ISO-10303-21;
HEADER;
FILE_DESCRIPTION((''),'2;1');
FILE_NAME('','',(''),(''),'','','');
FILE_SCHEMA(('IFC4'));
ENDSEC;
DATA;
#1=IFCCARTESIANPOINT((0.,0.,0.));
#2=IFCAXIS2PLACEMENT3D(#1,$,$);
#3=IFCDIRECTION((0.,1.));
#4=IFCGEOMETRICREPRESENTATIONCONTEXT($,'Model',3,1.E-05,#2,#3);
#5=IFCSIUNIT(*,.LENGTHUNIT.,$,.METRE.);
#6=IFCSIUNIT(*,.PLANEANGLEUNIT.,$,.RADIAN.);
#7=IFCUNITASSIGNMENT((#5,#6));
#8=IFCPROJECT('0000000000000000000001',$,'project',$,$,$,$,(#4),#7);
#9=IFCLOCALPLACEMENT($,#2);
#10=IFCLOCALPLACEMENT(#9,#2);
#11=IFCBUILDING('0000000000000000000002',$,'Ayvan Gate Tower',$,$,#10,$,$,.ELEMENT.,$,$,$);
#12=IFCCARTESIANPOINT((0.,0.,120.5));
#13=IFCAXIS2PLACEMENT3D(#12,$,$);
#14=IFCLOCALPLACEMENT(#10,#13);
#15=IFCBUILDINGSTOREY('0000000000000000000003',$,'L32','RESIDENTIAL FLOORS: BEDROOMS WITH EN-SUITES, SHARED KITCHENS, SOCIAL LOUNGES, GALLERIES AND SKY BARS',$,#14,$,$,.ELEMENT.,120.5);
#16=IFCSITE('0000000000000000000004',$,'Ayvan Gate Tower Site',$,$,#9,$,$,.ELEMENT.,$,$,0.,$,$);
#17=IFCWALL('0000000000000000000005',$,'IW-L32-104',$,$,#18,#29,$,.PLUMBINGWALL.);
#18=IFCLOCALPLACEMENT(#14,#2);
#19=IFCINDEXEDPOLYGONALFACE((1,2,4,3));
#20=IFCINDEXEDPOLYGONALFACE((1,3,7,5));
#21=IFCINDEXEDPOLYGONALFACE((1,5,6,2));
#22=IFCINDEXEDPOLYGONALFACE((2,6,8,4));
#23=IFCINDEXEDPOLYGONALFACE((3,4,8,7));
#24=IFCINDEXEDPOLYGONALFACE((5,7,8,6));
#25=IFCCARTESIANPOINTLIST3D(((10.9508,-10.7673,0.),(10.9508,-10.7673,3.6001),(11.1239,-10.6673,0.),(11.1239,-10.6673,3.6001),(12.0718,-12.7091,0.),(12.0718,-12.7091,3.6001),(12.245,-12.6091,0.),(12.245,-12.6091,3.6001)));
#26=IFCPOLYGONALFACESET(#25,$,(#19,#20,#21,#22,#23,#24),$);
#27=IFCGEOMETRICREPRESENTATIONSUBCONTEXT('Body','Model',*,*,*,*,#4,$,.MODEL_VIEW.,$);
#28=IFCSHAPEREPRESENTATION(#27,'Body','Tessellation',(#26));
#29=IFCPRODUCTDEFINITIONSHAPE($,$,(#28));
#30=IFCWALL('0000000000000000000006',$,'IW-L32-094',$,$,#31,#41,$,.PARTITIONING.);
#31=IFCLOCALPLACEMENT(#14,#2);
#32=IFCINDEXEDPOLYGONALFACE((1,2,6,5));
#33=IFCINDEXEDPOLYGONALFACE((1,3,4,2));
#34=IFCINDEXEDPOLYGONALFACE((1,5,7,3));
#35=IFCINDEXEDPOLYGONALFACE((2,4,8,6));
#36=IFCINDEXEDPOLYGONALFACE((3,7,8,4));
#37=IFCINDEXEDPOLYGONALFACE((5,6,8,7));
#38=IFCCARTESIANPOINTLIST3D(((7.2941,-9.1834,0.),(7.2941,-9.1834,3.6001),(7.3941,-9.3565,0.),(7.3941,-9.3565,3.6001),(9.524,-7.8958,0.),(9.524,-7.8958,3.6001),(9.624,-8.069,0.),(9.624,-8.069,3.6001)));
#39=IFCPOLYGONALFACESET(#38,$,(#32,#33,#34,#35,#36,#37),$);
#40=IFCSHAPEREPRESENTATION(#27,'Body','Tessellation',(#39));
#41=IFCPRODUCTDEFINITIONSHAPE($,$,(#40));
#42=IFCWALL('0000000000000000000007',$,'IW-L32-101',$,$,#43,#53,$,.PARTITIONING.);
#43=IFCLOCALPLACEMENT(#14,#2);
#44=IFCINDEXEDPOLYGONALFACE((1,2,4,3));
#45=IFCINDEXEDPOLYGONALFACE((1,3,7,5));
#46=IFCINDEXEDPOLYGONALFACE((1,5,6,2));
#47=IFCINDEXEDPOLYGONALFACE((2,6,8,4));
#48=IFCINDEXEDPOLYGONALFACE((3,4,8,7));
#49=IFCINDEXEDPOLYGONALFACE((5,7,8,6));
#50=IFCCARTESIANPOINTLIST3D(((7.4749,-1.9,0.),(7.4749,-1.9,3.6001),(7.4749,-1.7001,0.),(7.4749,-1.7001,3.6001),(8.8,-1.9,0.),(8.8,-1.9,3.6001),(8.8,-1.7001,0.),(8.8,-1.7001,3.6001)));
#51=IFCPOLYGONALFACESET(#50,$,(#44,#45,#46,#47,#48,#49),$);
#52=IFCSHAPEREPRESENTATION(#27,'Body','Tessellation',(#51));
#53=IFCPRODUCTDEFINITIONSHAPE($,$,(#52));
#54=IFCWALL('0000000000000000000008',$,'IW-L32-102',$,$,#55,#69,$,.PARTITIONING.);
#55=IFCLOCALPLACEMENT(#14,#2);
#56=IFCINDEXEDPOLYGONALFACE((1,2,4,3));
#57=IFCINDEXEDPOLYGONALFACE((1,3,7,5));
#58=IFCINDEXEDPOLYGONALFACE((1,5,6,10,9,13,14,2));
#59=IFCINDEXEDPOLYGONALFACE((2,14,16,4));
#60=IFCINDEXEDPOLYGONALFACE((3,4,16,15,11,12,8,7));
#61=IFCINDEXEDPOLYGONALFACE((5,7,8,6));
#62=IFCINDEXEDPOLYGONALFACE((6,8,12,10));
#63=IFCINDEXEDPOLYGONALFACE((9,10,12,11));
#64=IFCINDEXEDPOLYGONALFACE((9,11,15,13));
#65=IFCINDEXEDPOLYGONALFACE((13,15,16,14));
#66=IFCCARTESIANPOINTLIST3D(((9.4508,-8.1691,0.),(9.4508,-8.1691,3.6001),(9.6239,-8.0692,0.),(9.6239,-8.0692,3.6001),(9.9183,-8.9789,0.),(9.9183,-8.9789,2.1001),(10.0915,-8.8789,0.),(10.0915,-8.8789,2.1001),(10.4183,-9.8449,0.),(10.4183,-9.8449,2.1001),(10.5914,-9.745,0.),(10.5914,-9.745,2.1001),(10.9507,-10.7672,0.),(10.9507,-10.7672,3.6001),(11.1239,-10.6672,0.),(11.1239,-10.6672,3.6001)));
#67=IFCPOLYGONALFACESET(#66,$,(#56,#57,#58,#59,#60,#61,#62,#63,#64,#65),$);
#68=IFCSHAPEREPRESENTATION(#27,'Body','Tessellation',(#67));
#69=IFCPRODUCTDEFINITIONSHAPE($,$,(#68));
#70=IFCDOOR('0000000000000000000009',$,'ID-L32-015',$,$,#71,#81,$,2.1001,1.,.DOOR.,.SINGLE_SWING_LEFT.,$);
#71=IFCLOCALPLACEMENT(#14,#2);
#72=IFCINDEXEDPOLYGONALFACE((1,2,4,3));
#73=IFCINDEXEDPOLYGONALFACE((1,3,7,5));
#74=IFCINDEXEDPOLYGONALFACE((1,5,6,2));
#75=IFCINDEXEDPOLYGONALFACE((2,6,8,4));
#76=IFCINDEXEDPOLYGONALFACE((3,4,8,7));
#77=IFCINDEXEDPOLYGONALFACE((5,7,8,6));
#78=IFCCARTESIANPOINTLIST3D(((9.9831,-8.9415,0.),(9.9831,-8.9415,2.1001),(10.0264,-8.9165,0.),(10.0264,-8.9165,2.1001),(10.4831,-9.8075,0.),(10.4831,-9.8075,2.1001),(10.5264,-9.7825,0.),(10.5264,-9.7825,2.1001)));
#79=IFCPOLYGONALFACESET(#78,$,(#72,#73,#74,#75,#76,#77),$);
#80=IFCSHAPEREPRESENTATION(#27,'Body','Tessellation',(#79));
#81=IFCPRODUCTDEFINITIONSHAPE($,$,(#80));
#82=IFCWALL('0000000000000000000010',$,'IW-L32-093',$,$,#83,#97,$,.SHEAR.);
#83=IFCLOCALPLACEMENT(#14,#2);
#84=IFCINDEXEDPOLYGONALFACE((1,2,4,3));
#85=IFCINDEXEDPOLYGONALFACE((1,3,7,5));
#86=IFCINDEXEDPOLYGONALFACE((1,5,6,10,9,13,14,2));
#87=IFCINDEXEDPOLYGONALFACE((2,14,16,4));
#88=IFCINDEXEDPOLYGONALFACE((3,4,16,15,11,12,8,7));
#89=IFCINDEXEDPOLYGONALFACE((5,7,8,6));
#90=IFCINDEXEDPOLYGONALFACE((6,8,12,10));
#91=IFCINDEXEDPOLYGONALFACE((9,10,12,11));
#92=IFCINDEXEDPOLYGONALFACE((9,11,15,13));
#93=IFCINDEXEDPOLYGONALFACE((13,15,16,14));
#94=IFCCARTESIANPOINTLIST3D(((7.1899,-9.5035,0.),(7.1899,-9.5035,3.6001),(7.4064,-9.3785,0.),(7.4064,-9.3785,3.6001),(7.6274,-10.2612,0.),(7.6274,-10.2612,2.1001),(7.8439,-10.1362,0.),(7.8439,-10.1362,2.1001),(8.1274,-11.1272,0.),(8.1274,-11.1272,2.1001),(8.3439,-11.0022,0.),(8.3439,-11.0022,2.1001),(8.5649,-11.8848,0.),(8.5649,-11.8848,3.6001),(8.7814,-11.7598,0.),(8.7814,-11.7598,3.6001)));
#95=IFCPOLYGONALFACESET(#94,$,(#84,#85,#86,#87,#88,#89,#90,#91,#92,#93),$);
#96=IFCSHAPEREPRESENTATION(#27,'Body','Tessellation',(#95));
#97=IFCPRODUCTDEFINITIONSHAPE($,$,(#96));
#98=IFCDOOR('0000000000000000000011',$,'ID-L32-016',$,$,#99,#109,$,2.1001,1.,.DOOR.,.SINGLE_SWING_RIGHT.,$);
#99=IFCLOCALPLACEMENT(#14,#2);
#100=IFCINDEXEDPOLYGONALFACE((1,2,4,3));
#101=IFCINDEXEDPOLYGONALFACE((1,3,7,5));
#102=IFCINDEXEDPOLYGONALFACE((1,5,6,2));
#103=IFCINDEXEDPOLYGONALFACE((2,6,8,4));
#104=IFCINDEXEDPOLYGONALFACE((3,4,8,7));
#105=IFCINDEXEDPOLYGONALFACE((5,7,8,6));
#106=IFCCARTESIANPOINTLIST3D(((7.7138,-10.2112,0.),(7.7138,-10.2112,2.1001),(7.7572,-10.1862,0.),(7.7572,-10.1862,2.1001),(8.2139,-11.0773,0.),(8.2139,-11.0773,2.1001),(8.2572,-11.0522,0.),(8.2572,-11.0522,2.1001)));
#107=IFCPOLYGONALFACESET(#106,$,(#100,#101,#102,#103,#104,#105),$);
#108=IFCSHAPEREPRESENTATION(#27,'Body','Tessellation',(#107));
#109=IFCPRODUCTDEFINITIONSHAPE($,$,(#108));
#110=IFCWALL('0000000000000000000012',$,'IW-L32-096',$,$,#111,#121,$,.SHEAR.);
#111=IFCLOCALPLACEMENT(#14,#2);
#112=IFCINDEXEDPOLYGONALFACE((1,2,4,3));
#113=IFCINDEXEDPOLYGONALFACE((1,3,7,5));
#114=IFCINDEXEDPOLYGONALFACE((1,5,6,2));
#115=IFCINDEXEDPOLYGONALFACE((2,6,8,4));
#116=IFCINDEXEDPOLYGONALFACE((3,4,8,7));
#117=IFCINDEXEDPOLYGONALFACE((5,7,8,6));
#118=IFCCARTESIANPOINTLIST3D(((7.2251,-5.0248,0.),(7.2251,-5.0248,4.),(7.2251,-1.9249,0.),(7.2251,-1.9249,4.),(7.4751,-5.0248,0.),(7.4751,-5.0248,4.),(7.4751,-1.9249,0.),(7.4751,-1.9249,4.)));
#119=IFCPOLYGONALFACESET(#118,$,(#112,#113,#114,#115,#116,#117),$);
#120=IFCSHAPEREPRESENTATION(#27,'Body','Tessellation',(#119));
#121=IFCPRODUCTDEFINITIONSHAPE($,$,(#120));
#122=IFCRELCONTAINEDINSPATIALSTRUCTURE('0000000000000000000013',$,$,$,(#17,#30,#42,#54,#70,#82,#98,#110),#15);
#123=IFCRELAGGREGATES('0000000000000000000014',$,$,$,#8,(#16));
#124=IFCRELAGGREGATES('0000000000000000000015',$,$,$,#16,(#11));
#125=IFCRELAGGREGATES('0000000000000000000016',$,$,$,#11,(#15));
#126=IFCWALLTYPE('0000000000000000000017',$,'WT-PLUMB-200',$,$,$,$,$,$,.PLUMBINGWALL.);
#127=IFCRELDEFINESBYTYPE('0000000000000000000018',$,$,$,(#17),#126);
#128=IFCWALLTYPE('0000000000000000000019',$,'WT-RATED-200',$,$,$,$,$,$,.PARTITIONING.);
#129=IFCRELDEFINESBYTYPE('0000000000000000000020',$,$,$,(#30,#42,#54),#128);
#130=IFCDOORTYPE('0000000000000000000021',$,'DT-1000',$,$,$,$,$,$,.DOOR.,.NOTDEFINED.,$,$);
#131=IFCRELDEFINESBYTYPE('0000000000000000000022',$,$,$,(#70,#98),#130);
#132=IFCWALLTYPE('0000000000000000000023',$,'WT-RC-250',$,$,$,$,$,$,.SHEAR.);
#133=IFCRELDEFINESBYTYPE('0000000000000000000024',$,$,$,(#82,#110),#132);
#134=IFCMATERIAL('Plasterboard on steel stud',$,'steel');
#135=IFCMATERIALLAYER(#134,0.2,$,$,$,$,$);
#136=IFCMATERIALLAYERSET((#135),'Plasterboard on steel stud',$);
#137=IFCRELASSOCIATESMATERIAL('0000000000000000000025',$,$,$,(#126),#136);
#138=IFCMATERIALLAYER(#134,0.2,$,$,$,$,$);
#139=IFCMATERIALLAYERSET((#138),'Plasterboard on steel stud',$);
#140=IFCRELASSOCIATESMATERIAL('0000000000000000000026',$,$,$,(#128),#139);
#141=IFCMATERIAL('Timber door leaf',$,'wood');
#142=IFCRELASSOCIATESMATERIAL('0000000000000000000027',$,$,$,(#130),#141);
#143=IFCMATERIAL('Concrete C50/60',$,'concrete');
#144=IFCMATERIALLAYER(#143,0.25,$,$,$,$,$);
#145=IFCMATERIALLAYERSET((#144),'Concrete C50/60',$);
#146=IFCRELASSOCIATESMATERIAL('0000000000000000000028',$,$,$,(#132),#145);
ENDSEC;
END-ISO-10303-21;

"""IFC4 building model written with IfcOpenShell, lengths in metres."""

from ifc_helpers import new_model, si_unit, direction, frame, frame_2d, origin, place, context, subcontext, project, spatial, rectangle, extrude, material, layer, layer_set, type_object, element, fill, save


model = new_model("IFC4")

# Units and contexts
model_context = context("Model", 3, precision=1e-05, world=origin(), true_north=direction((0.0, 1.0)))
body_context = subcontext(model_context, "Body", "Model", "MODEL_VIEW")
ifc_project = project(units=[si_unit("LENGTHUNIT", "METRE"), si_unit("PLANEANGLEUNIT", "RADIAN")], contexts=[model_context])

# Site, building, storey
site_placement = place(None, origin())
site = spatial("IfcSite", under=ifc_project, at=site_placement, Name="Ayvan Gate Tower Site", CompositionType="ELEMENT", RefElevation=0.0)
building_placement = place(site_placement, origin())
building = spatial("IfcBuilding", under=site, at=building_placement, Name="Ayvan Gate Tower", CompositionType="ELEMENT")
storey_placement = place(building_placement, frame((0.0, 0.0, 120.5)))
storey = spatial("IfcBuildingStorey", under=building, at=storey_placement, Name="L32", Description="RESIDENTIAL FLOORS: BEDROOMS WITH EN-SUITES, SHARED KITCHENS, SOCIAL LOUNGES, GALLERIES AND SKY BARS", CompositionType="ELEMENT", Elevation=120.5)

# Shared definitions
ifc_material_1 = material(Name="Timber door leaf", Category="wood")

# Walls
ifc_material_2 = material(Name="Plasterboard on steel stud", Category="steel")
ifc_layer_1 = layer(ifc_material_2, 0.2)
ifc_layer_set_1 = layer_set([ifc_layer_1], Name="Plasterboard on steel stud")
wall_type_1 = type_object("IfcWallType", Name="WT-PLUMB-200", PredefinedType="PLUMBINGWALL", material=ifc_layer_set_1)
wall_1_placement = place(storey_placement, frame((11.0374, -10.7173, 0.0), z_axis=(0.0, 0.0, 1.0), x_axis=(0.49998, -0.866037, 0.0)))
element("IfcWall", 1, at=wall_1_placement, inside=storey, type_object=wall_type_1, Name="IW-L32-104", PredefinedType="PLUMBINGWALL", context=body_context, shape_type="SweptSolid", body=[
    extrude(rectangle(XDim=2.2422, YDim=0.2, at=frame_2d((1.1211, 0.0))), origin(), (0.0, 0.0, 1.0), 3.6001),
])
ifc_layer_2 = layer(ifc_material_2, 0.2)
ifc_layer_set_2 = layer_set([ifc_layer_2], Name="Plasterboard on steel stud")
wall_type_2 = type_object("IfcWallType", Name="WT-RATED-200", PredefinedType="PARTITIONING", material=ifc_layer_set_2)
wall_2_placement = place(storey_placement, frame((7.344, -9.27, 0.0), z_axis=(0.0, 0.0, 1.0), x_axis=(0.866006, 0.500034, 0.0)))
element("IfcWall", 2, at=wall_2_placement, inside=storey, type_object=wall_type_2, Name="IW-L32-094", PredefinedType="PARTITIONING", context=body_context, shape_type="SweptSolid", body=[
    extrude(rectangle(XDim=2.575, YDim=0.2, at=frame_2d((1.2876, 0.0))), origin(), (0.0, 0.0, 1.0), 3.6001),
])
wall_3_placement = place(storey_placement, frame((8.8, -1.8, 0.0), z_axis=(0.0, 0.0, 1.0), x_axis=(-1.0, 0.0, 0.0)))
element("IfcWall", 3, at=wall_3_placement, inside=storey, type_object=wall_type_2, Name="IW-L32-101", PredefinedType="PARTITIONING", context=body_context, shape_type="SweptSolid", body=[
    extrude(rectangle(XDim=1.3252, YDim=0.2, at=frame_2d((0.6626, 0.0))), origin(), (0.0, 0.0, 1.0), 3.6001),
])

# Walls, openings, doors
wall_4_placement = place(storey_placement, frame((9.5374, -8.1191, 0.0), z_axis=(0.0, 0.0, 1.0), x_axis=(0.49999, -0.866031, 0.0)))
wall_4 = element("IfcWall", 4, at=wall_4_placement, inside=storey, type_object=wall_type_2, Name="IW-L32-102", PredefinedType="PARTITIONING", context=body_context, shape_type="SweptSolid", body=[
    extrude(rectangle(XDim=3.0, YDim=0.2, at=frame_2d((1.5, 0.0))), origin(), (0.0, 0.0, 1.0), 3.6001),
])
opening_1_placement = place(wall_4_placement, frame((0.9351, 0.0, 0.0)))
opening_1 = element("IfcOpeningElement", 5, at=opening_1_placement, cuts=wall_4, PredefinedType="OPENING", context=body_context, shape_type="SweptSolid", body=[
    extrude(rectangle(XDim=1.0, YDim=2.1001, at=frame_2d((0.5, 1.05))), frame((0.0, 0.1099, 0.0), z_axis=(0.0, -1.0, 0.0), x_axis=(1.0, 0.0, 0.0)), (0.0, 0.0, 1.0), 0.22),
])
door_type_1 = type_object("IfcDoorType", Name="DT-1000", OperationType="NOTDEFINED", PredefinedType="DOOR", material=ifc_material_1)
door_1_placement = place(opening_1_placement, origin())
door_1 = element("IfcDoor", 6, at=door_1_placement, inside=storey, type_object=door_type_1, Name="ID-L32-015", OperationType="SINGLE_SWING_LEFT", OverallHeight=2.1001, OverallWidth=1.0, PredefinedType="DOOR", context=body_context, shape_type="SweptSolid", body=[
    extrude(rectangle(XDim=1.0, YDim=2.1001, at=frame_2d((0.5, 1.05))), frame((0.0, 0.0249, 0.0), z_axis=(0.0, -1.0, 0.0), x_axis=(1.0, 0.0, 0.0)), (0.0, 0.0, 1.0), 0.05),
])
fill(opening_1, door_1)
ifc_material_3 = material(Name="Concrete C50/60", Category="concrete")
ifc_layer_3 = layer(ifc_material_3, 0.25)
ifc_layer_set_3 = layer_set([ifc_layer_3], Name="Concrete C50/60")
wall_type_3 = type_object("IfcWallType", Name="WT-RC-250", PredefinedType="SHEAR", material=ifc_layer_set_3)
wall_5_placement = place(storey_placement, frame((7.2981, -9.4409, 0.0), z_axis=(0.0, 0.0, 1.0), x_axis=(0.500035, -0.866005, 0.0)))
wall_5 = element("IfcWall", 7, at=wall_5_placement, inside=storey, type_object=wall_type_3, Name="IW-L32-093", PredefinedType="SHEAR", context=body_context, shape_type="SweptSolid", body=[
    extrude(rectangle(XDim=2.7498, YDim=0.25, at=frame_2d((1.375, 0.0))), origin(), (0.0, 0.0, 1.0), 3.6001),
])
opening_2_placement = place(wall_5_placement, frame((0.875, 0.0, 0.0)))
opening_2 = element("IfcOpeningElement", 8, at=opening_2_placement, cuts=wall_5, PredefinedType="OPENING", context=body_context, shape_type="SweptSolid", body=[
    extrude(rectangle(XDim=1.0, YDim=2.1001, at=frame_2d((0.5, 1.05))), frame((0.0, 0.135, 0.0), z_axis=(0.0, -1.0, 0.0), x_axis=(1.0, 0.0, 0.0)), (0.0, 0.0, 1.0), 0.27),
])
door_2_placement = place(opening_2_placement, origin())
door_2 = element("IfcDoor", 9, at=door_2_placement, inside=storey, type_object=door_type_1, Name="ID-L32-016", OperationType="SINGLE_SWING_RIGHT", OverallHeight=2.1001, OverallWidth=1.0, PredefinedType="DOOR", context=body_context, shape_type="SweptSolid", body=[
    extrude(rectangle(XDim=1.0, YDim=2.1001, at=frame_2d((0.5, 1.05))), frame((0.0, 0.0249, 0.0), z_axis=(0.0, -1.0, 0.0), x_axis=(1.0, 0.0, 0.0)), (0.0, 0.0, 1.0), 0.05),
])
fill(opening_2, door_2)

# Wall
wall_6_placement = place(storey_placement, frame((7.3501, -1.925, 0.0), z_axis=(0.0, 0.0, 1.0), x_axis=(0.0, -1.0, 0.0)))
element("IfcWall", 10, at=wall_6_placement, inside=storey, type_object=wall_type_3, Name="IW-L32-096", PredefinedType="SHEAR", context=body_context, shape_type="SweptSolid", body=[
    extrude(rectangle(XDim=3.0999, YDim=0.25, at=frame_2d((1.5498, 0.0))), origin(), (0.0, 0.0, 1.0), 4.0),
])

save(model, "model.ifc")
